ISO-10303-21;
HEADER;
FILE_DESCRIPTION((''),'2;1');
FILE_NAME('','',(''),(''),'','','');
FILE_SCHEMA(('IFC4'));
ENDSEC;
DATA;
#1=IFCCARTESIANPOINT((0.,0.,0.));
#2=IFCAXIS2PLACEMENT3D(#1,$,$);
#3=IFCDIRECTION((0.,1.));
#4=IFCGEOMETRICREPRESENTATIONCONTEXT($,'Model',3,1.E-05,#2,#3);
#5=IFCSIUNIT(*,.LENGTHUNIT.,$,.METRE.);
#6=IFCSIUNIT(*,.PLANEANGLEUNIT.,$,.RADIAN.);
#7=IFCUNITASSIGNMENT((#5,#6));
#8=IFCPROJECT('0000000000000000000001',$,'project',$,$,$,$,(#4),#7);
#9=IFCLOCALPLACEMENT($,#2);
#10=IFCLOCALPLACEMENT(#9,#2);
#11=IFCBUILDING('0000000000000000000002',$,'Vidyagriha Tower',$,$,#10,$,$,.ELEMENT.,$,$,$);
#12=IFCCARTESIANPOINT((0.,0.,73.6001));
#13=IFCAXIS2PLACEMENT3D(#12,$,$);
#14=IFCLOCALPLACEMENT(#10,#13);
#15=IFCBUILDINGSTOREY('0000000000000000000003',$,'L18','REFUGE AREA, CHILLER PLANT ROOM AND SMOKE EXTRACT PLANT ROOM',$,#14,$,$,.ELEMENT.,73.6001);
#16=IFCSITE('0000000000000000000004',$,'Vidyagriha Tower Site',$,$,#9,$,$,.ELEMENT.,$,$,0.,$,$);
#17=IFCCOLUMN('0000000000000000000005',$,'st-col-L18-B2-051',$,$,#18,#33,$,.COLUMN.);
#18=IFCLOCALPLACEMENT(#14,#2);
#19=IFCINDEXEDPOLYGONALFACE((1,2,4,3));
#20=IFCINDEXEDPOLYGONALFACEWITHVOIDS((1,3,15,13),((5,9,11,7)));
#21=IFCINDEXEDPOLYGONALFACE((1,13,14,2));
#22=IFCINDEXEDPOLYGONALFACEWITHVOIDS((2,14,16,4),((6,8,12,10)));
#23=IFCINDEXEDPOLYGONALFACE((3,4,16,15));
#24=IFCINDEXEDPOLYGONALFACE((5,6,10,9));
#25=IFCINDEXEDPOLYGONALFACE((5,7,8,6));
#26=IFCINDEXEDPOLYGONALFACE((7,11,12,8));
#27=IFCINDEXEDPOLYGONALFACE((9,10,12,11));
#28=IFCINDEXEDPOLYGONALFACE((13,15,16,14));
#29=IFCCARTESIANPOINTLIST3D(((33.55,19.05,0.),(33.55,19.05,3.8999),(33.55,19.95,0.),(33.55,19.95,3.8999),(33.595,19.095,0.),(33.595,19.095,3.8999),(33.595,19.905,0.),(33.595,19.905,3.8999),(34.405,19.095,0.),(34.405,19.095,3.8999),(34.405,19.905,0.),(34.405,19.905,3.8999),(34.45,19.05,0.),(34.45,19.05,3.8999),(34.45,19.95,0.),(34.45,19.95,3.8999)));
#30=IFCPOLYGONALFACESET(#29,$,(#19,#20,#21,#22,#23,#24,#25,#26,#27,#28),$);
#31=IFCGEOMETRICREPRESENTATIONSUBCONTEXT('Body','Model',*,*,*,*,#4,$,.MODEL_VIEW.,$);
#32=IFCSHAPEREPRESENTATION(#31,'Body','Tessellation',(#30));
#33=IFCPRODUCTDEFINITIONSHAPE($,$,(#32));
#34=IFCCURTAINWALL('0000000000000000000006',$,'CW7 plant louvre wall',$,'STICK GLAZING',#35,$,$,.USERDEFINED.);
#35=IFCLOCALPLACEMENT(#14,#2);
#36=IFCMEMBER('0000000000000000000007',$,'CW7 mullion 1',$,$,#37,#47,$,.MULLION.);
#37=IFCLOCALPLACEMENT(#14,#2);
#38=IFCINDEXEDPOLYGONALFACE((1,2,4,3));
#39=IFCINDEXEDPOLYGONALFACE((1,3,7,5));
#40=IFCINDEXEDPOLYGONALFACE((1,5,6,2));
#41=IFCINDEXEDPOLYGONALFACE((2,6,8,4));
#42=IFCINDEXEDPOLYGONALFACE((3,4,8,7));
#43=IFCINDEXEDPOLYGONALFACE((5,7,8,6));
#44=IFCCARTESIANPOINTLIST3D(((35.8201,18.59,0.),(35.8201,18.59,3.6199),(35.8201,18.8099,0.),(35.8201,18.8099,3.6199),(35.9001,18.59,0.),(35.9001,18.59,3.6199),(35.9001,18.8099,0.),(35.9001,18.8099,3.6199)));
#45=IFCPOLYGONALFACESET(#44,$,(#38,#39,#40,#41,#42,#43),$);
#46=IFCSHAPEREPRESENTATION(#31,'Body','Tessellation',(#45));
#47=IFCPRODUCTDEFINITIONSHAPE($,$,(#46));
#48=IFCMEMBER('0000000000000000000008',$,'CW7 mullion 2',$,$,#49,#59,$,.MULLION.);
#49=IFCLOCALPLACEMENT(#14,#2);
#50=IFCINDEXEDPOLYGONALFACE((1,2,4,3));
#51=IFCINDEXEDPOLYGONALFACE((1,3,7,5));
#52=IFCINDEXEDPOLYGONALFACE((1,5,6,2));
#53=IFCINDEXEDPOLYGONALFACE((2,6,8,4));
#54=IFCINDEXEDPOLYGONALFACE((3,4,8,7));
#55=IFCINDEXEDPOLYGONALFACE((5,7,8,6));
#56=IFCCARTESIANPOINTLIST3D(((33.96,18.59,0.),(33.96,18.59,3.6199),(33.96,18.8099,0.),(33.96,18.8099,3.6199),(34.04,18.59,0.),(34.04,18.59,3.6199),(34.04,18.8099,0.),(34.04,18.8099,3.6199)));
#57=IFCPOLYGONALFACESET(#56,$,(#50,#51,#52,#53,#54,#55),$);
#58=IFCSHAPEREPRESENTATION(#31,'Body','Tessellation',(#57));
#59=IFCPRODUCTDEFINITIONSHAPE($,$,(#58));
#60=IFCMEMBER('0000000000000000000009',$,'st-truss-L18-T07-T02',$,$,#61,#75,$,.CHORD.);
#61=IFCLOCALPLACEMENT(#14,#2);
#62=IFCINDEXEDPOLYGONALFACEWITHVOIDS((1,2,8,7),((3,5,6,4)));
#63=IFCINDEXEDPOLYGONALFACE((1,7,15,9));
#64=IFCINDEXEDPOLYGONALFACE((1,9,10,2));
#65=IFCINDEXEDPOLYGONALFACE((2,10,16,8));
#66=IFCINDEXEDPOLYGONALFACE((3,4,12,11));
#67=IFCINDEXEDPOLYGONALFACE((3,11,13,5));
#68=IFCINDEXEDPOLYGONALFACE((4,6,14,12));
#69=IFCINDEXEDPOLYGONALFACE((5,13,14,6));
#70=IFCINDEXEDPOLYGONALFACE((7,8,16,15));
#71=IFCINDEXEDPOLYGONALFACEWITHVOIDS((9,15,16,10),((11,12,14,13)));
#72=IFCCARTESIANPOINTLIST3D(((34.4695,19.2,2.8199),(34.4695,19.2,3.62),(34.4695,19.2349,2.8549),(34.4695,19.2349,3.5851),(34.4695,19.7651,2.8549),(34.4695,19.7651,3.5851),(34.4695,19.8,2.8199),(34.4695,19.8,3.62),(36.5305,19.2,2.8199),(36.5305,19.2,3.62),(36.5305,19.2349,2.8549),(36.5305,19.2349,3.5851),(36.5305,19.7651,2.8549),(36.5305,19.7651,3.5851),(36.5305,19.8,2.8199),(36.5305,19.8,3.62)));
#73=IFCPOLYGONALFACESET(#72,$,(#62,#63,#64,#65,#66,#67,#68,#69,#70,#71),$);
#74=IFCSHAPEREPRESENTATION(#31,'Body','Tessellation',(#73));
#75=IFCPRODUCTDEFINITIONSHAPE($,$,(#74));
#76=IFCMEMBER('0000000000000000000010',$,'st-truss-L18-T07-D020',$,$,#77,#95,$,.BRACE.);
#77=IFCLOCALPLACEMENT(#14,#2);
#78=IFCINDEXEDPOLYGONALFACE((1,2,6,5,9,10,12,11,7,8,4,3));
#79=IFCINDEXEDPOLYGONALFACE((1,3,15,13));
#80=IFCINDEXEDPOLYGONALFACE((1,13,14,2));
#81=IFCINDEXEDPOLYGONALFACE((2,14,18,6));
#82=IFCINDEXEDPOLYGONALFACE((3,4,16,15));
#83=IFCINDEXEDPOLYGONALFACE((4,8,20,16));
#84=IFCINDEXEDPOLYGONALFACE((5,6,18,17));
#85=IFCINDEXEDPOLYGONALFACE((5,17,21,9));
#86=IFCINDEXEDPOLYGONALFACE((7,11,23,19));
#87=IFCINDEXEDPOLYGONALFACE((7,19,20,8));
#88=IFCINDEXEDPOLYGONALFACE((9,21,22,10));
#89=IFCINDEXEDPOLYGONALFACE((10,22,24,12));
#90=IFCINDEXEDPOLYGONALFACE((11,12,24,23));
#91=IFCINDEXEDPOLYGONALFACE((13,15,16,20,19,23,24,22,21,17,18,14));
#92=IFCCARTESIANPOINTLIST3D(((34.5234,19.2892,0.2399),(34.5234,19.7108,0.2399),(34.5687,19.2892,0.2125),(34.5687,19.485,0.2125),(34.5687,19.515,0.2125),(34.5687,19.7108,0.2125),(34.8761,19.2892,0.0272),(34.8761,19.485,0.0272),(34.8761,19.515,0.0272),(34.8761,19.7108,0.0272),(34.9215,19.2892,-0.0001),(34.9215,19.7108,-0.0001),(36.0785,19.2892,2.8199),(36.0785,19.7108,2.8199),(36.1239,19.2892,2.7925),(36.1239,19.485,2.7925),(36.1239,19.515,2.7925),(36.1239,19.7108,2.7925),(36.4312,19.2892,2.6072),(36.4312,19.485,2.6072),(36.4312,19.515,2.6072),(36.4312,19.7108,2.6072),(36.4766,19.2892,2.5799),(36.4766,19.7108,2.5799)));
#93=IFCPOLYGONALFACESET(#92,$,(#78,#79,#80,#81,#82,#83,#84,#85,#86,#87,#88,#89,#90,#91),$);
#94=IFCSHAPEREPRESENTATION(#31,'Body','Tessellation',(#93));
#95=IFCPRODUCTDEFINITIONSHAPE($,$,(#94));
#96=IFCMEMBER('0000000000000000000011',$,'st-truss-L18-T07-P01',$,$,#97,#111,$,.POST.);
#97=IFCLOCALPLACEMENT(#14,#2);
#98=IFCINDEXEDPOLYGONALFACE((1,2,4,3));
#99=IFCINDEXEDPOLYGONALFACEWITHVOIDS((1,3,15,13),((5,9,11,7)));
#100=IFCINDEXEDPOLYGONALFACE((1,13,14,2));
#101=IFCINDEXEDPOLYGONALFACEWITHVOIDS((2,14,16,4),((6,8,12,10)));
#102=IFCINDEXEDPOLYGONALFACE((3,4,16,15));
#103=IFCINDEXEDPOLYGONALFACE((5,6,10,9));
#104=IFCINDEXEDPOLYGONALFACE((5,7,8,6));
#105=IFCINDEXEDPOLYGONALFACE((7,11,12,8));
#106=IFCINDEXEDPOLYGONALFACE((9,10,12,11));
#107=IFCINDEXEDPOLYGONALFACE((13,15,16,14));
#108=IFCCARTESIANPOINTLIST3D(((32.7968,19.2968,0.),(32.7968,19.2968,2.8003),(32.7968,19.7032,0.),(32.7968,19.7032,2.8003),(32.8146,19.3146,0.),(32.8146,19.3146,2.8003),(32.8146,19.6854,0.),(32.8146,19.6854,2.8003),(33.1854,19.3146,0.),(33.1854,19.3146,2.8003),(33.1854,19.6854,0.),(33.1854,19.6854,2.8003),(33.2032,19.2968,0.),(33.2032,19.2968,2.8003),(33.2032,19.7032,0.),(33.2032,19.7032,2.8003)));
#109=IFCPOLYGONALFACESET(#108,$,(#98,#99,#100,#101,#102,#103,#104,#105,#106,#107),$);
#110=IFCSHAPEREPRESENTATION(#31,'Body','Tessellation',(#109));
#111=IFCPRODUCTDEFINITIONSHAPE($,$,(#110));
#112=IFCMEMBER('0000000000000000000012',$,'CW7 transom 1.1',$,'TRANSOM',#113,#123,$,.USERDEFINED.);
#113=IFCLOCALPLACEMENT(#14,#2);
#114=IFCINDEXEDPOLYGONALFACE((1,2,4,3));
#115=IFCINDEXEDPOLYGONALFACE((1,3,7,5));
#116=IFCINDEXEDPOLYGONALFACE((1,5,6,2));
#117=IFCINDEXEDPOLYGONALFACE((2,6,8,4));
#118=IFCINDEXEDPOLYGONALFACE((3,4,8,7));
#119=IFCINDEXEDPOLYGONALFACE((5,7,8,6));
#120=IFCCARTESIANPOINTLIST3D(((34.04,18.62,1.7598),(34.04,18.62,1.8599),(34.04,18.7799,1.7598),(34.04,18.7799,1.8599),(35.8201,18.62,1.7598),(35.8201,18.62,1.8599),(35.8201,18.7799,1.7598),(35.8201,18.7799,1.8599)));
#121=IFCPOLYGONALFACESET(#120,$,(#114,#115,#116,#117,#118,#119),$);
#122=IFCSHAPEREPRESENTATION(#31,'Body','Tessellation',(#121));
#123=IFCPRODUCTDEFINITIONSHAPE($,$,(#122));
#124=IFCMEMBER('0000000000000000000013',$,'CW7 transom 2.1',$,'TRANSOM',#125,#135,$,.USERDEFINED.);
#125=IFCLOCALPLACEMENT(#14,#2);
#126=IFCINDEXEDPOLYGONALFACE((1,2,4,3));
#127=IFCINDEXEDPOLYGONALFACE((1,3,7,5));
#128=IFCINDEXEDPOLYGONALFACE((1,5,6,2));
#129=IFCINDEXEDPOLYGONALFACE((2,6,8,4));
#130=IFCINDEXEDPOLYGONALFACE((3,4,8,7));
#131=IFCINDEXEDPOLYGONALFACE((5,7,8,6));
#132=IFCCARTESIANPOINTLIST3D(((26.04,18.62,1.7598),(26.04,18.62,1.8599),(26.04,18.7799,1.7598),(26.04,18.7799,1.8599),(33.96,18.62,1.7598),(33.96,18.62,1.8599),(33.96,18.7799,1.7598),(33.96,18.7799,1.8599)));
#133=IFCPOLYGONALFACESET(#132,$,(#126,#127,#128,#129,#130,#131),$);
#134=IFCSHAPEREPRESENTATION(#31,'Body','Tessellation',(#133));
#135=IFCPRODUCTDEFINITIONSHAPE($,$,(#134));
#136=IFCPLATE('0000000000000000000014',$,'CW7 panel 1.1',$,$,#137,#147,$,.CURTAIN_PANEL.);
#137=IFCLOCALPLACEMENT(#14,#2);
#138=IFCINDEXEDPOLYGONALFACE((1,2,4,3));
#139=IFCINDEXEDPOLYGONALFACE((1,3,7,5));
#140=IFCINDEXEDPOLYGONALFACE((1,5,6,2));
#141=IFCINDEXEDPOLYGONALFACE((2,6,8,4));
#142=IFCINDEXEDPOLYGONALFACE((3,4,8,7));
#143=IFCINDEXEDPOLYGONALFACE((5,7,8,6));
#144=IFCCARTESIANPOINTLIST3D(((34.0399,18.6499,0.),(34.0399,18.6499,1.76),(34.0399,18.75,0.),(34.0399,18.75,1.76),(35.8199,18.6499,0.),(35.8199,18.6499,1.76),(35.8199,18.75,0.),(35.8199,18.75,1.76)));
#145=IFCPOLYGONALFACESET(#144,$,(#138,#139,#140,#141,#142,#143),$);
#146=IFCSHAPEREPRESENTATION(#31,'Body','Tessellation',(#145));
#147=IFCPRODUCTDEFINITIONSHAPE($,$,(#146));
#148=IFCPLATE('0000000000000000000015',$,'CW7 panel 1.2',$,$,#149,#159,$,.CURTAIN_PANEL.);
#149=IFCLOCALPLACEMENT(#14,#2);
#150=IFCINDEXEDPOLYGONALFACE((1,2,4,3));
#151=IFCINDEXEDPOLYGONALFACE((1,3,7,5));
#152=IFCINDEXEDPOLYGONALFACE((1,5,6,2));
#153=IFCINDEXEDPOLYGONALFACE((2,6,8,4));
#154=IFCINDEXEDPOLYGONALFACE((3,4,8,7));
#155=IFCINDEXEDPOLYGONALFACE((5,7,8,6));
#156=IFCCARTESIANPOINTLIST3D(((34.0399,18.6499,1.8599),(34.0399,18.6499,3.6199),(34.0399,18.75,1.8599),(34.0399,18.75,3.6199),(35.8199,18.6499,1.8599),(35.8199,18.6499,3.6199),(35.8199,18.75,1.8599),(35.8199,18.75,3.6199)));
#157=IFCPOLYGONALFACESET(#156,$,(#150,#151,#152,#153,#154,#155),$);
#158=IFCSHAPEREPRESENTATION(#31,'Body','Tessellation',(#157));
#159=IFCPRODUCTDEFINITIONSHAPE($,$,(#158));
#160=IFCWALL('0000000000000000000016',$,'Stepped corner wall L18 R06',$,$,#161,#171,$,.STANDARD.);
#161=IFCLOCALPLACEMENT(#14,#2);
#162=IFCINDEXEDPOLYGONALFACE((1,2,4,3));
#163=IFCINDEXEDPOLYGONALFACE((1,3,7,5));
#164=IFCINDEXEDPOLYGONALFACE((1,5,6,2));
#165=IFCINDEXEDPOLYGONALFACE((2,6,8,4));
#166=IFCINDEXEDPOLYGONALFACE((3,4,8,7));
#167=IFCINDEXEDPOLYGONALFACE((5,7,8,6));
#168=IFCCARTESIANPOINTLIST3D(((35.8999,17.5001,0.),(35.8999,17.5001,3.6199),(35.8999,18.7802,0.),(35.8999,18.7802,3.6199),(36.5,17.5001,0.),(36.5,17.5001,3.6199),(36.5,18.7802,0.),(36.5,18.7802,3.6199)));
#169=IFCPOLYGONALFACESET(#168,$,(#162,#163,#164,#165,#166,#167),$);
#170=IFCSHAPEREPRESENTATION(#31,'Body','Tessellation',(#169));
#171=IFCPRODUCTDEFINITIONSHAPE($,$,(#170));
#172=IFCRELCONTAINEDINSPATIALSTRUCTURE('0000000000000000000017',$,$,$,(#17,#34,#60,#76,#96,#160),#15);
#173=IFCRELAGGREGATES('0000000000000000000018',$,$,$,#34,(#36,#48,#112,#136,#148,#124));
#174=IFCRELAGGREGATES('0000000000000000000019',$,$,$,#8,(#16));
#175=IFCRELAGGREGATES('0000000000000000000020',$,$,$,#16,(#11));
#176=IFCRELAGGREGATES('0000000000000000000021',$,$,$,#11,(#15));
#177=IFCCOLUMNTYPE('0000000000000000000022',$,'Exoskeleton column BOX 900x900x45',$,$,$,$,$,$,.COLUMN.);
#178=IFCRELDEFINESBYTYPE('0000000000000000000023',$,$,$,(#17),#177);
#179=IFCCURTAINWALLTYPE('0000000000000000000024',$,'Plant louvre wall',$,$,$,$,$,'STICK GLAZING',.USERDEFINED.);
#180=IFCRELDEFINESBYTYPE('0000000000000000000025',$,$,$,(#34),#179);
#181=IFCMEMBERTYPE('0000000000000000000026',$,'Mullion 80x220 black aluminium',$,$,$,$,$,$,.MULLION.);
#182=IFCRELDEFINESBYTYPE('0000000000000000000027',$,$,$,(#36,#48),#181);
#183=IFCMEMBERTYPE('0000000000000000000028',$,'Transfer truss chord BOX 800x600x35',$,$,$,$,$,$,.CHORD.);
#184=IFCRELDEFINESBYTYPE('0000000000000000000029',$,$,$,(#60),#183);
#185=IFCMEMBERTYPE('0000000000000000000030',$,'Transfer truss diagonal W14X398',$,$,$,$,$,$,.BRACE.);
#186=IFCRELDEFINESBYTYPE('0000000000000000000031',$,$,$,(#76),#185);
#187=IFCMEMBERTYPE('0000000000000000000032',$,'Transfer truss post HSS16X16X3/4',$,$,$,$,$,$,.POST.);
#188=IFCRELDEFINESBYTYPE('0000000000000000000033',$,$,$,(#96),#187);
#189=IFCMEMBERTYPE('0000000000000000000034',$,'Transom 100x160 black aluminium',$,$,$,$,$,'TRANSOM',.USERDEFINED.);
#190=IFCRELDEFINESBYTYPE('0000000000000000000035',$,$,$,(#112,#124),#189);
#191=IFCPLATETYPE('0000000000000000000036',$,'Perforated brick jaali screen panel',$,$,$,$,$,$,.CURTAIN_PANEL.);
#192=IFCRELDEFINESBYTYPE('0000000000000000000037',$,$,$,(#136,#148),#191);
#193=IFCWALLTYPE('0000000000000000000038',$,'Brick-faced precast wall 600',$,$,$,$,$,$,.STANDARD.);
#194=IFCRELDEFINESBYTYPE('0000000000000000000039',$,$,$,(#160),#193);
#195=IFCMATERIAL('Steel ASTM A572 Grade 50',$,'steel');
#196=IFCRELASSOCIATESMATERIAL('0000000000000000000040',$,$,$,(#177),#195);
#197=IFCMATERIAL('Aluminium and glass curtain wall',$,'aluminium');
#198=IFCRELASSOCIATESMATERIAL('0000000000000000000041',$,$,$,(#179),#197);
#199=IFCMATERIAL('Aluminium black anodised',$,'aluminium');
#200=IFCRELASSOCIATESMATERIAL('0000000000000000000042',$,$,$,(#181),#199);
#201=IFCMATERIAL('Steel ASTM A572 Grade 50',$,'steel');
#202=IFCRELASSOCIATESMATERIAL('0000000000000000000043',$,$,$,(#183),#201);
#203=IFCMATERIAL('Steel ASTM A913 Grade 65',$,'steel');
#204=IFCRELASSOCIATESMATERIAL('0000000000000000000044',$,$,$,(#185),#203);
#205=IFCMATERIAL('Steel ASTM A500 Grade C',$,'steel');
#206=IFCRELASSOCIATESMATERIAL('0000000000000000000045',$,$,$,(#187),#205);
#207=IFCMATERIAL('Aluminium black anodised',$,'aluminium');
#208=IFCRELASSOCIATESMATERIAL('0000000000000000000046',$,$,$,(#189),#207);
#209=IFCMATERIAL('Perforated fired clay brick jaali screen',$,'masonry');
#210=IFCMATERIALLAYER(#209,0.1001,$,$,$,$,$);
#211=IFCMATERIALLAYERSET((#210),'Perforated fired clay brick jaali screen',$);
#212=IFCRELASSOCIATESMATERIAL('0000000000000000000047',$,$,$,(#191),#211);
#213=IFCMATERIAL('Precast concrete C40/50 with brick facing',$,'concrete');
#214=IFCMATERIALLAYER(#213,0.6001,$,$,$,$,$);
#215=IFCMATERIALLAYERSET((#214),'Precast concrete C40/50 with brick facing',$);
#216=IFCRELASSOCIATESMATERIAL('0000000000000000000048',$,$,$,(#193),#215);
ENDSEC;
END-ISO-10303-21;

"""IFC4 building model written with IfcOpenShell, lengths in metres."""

from ifc_helpers import new_model, si_unit, direction, frame, frame_2d, origin, origin_2d, place, context, subcontext, project, spatial, rectangle, hollow_rectangle, i_section, extrude, material, layer, layer_set, material_profile, profile_set, type_object, element, aggregate, save


model = new_model("IFC4")

# Units and contexts
model_context = context("Model", 3, precision=1e-05, world=origin(), true_north=direction((0.0, 1.0)))
body_context = subcontext(model_context, "Body", "Model", "MODEL_VIEW")
ifc_project = project(units=[si_unit("LENGTHUNIT", "METRE"), si_unit("PLANEANGLEUNIT", "RADIAN")], contexts=[model_context])

# Site, building, storey
site_placement = place(None, origin())
site = spatial("IfcSite", under=ifc_project, at=site_placement, Name="Vidyagriha Tower Site", CompositionType="ELEMENT", RefElevation=0.0)
building_placement = place(site_placement, origin())
building = spatial("IfcBuilding", under=site, at=building_placement, Name="Vidyagriha Tower", CompositionType="ELEMENT")
storey_placement = place(building_placement, frame((0.0, 0.0, 73.6001)))
storey = spatial("IfcBuildingStorey", under=building, at=storey_placement, Name="L18", Description="REFUGE AREA, CHILLER PLANT ROOM AND SMOKE EXTRACT PLANT ROOM", CompositionType="ELEMENT", Elevation=73.6001)

# Column
ifc_material_1 = material(Name="Steel ASTM A572 Grade 50", Category="steel")
ifc_material_profile_1 = material_profile(ifc_material_1, hollow_rectangle(XDim=0.8999, YDim=0.8999, WallThickness=0.0449, at=origin_2d()), Name="BOX 900x900x45")
ifc_profile_set_1 = profile_set([ifc_material_profile_1], Name="Steel ASTM A572 Grade 50")
column_type = type_object("IfcColumnType", Name="Exoskeleton column BOX 900x900x45", PredefinedType="COLUMN", material=ifc_profile_set_1)
column_placement = place(storey_placement, frame((34.0, 19.5, 0.0)))
element("IfcColumn", 1, at=column_placement, inside=storey, type_object=column_type, Name="st-col-L18-B2-051", PredefinedType="COLUMN", context=body_context, shape_type="SweptSolid", body=[
    extrude(hollow_rectangle(XDim=0.8999, YDim=0.8999, WallThickness=0.0449, at=origin_2d()), origin(), (0.0, 0.0, 1.0), 3.8999),
])

# Curtain wall, members
ifc_material_2 = material(Name="Aluminium and glass curtain wall", Category="aluminium")
curtain_wall_type = type_object("IfcCurtainWallType", Name="Plant louvre wall", ElementType="STICK GLAZING", PredefinedType="USERDEFINED", material=ifc_material_2)
curtain_wall_placement = place(storey_placement, origin())
curtain_wall = element("IfcCurtainWall", 2, at=curtain_wall_placement, inside=storey, type_object=curtain_wall_type, Name="CW7 plant louvre wall", ObjectType="STICK GLAZING", PredefinedType="USERDEFINED")
ifc_material_3 = material(Name="Aluminium black anodised", Category="aluminium")
ifc_material_profile_2 = material_profile(ifc_material_3, rectangle(XDim=0.22, YDim=0.0801, at=origin_2d()), Name="Mullion 80x220 black aluminium")
ifc_profile_set_2 = profile_set([ifc_material_profile_2], Name="Aluminium black anodised")
member_type_1 = type_object("IfcMemberType", Name="Mullion 80x220 black aluminium", PredefinedType="MULLION", material=ifc_profile_set_2)
member_1_placement = place(storey_placement, frame((35.8601, 18.7, 0.0), z_axis=(0.0, 0.0, 1.0), x_axis=(0.0, -1.0, 0.0)))
member_1 = element("IfcMember", 3, at=member_1_placement, type_object=member_type_1, Name="CW7 mullion 1", PredefinedType="MULLION", context=body_context, shape_type="SweptSolid", body=[
    extrude(rectangle(XDim=0.22, YDim=0.0801, at=origin_2d()), origin(), (0.0, 0.0, 1.0), 3.6199),
])
member_2_placement = place(storey_placement, frame((34.0, 18.7, 0.0), z_axis=(0.0, 0.0, 1.0), x_axis=(0.0, -1.0, 0.0)))
member_2 = element("IfcMember", 4, at=member_2_placement, type_object=member_type_1, Name="CW7 mullion 2", PredefinedType="MULLION", context=body_context, shape_type="SweptSolid", body=[
    extrude(rectangle(XDim=0.22, YDim=0.0801, at=origin_2d()), origin(), (0.0, 0.0, 1.0), 3.6199),
])

# Members
ifc_material_4 = material(Name="Steel ASTM A572 Grade 50", Category="steel")
ifc_material_profile_3 = material_profile(ifc_material_4, hollow_rectangle(XDim=0.6001, YDim=0.8, WallThickness=0.0349, at=origin_2d()), Name="BOX 800x600x35")
ifc_profile_set_3 = profile_set([ifc_material_profile_3], Name="Steel ASTM A572 Grade 50")
member_type_2 = type_object("IfcMemberType", Name="Transfer truss chord BOX 800x600x35", PredefinedType="CHORD", material=ifc_profile_set_3)
member_3_placement = place(storey_placement, frame((34.4695, 19.5, 3.22), z_axis=(1.0, 0.0, 0.0), x_axis=(0.0, 1.0, 0.0)))
element("IfcMember", 5, at=member_3_placement, inside=storey, type_object=member_type_2, Name="st-truss-L18-T07-T02", PredefinedType="CHORD", context=body_context, shape_type="SweptSolid", body=[
    extrude(hollow_rectangle(XDim=0.6001, YDim=0.8, WallThickness=0.0349, at=origin_2d()), origin(), (0.0, 0.0, 1.0), 2.061),
])
ifc_material_5 = material(Name="Steel ASTM A913 Grade 65", Category="steel")
ifc_material_profile_4 = material_profile(ifc_material_5, i_section(OverallWidth=0.4216, OverallDepth=0.4648, WebThickness=0.03, FlangeThickness=0.053, at=origin_2d()), Name="W14X398")
ifc_profile_set_4 = profile_set([ifc_material_profile_4], Name="Steel ASTM A913 Grade 65")
member_type_3 = type_object("IfcMemberType", Name="Transfer truss diagonal W14X398", PredefinedType="BRACE", material=ifc_profile_set_4)
member_4_placement = place(storey_placement, frame((34.7224, 19.5, 0.1199), z_axis=(0.516235, 0.0, 0.856447), x_axis=(0.0, 1.0, 0.0)))
element("IfcMember", 6, at=member_4_placement, inside=storey, type_object=member_type_3, Name="st-truss-L18-T07-D020", PredefinedType="BRACE", context=body_context, shape_type="SweptSolid", body=[
    extrude(i_section(OverallWidth=0.4216, OverallDepth=0.4648, WebThickness=0.03, FlangeThickness=0.053, at=origin_2d()), origin(), (0.0, 0.0, 1.0), 3.0125),
])
ifc_material_6 = material(Name="Steel ASTM A500 Grade C", Category="steel")
ifc_material_profile_5 = material_profile(ifc_material_6, hollow_rectangle(XDim=0.4065, YDim=0.4065, WallThickness=0.0178, at=origin_2d()), Name="HSS16X16X3/4")
ifc_profile_set_5 = profile_set([ifc_material_profile_5], Name="Steel ASTM A500 Grade C")
member_type_4 = type_object("IfcMemberType", Name="Transfer truss post HSS16X16X3/4", PredefinedType="POST", material=ifc_profile_set_5)
member_5_placement = place(storey_placement, frame((33.0, 19.5, 0.0)))
element("IfcMember", 7, at=member_5_placement, inside=storey, type_object=member_type_4, Name="st-truss-L18-T07-P01", PredefinedType="POST", context=body_context, shape_type="SweptSolid", body=[
    extrude(hollow_rectangle(XDim=0.4065, YDim=0.4065, WallThickness=0.0178, at=origin_2d()), origin(), (0.0, 0.0, 1.0), 2.8003),
])

# Members
ifc_material_7 = material(Name="Aluminium black anodised", Category="aluminium")
ifc_material_profile_6 = material_profile(ifc_material_7, rectangle(XDim=0.1599, YDim=0.1001, at=origin_2d()), Name="Transom 100x160 black aluminium")
ifc_profile_set_6 = profile_set([ifc_material_profile_6], Name="Aluminium black anodised")
member_type_5 = type_object("IfcMemberType", Name="Transom 100x160 black aluminium", ElementType="TRANSOM", PredefinedType="USERDEFINED", material=ifc_profile_set_6)
member_6_placement = place(storey_placement, frame((35.8201, 18.7, 1.8098), z_axis=(-1.0, 0.0, 0.0), x_axis=(0.0, -1.0, 0.0)))
member_6 = element("IfcMember", 8, at=member_6_placement, type_object=member_type_5, Name="CW7 transom 1.1", ObjectType="TRANSOM", PredefinedType="USERDEFINED", context=body_context, shape_type="SweptSolid", body=[
    extrude(rectangle(XDim=0.1599, YDim=0.1001, at=origin_2d()), origin(), (0.0, 0.0, 1.0), 1.78),
])
member_7_placement = place(storey_placement, frame((33.96, 18.7, 1.8098), z_axis=(-1.0, 0.0, 0.0), x_axis=(0.0, -1.0, 0.0)))
member_7 = element("IfcMember", 9, at=member_7_placement, type_object=member_type_5, Name="CW7 transom 2.1", ObjectType="TRANSOM", PredefinedType="USERDEFINED", context=body_context, shape_type="SweptSolid", body=[
    extrude(rectangle(XDim=0.1599, YDim=0.1001, at=origin_2d()), origin(), (0.0, 0.0, 1.0), 7.9199),
])

# Plates
ifc_material_8 = material(Name="Perforated fired clay brick jaali screen", Category="masonry")
ifc_layer_1 = layer(ifc_material_8, 0.1001)
ifc_layer_set_1 = layer_set([ifc_layer_1], Name="Perforated fired clay brick jaali screen")
plate_type = type_object("IfcPlateType", Name="Perforated brick jaali screen panel", PredefinedType="CURTAIN_PANEL", material=ifc_layer_set_1)
plate_1_placement = place(storey_placement, frame((34.9299, 18.7, 0.0), z_axis=(0.0, 0.0, 1.0), x_axis=(-1.0, 0.0, 0.0)))
plate_1 = element("IfcPlate", 10, at=plate_1_placement, type_object=plate_type, Name="CW7 panel 1.1", PredefinedType="CURTAIN_PANEL", context=body_context, shape_type="SweptSolid", body=[
    extrude(rectangle(XDim=1.78, YDim=0.1001, at=origin_2d()), origin(), (0.0, 0.0, 1.0), 1.76),
])
plate_2_placement = place(storey_placement, frame((34.9299, 18.7, 1.8599), z_axis=(0.0, 0.0, 1.0), x_axis=(-1.0, 0.0, 0.0)))
plate_2 = element("IfcPlate", 11, at=plate_2_placement, type_object=plate_type, Name="CW7 panel 1.2", PredefinedType="CURTAIN_PANEL", context=body_context, shape_type="SweptSolid", body=[
    extrude(rectangle(XDim=1.78, YDim=0.1001, at=origin_2d()), origin(), (0.0, 0.0, 1.0), 1.76),
])
aggregate(curtain_wall, [member_1, member_2, member_6, plate_1, plate_2, member_7])

# Wall
ifc_material_9 = material(Name="Precast concrete C40/50 with brick facing", Category="concrete")
ifc_layer_2 = layer(ifc_material_9, 0.6001)
ifc_layer_set_2 = layer_set([ifc_layer_2], Name="Precast concrete C40/50 with brick facing")
wall_type = type_object("IfcWallType", Name="Brick-faced precast wall 600", PredefinedType="STANDARD", material=ifc_layer_set_2)
wall_placement = place(storey_placement, frame((36.2, 17.5, 0.0), z_axis=(0.0, 0.0, 1.0), x_axis=(0.0, 1.0, 0.0)))
element("IfcWall", 12, at=wall_placement, inside=storey, type_object=wall_type, Name="Stepped corner wall L18 R06", PredefinedType="STANDARD", context=body_context, shape_type="SweptSolid", body=[
    extrude(rectangle(XDim=1.28, YDim=0.6001, at=frame_2d((0.6401, 0.0))), origin(), (0.0, 0.0, 1.0), 3.6199),
])

save(model, "model.ifc")
